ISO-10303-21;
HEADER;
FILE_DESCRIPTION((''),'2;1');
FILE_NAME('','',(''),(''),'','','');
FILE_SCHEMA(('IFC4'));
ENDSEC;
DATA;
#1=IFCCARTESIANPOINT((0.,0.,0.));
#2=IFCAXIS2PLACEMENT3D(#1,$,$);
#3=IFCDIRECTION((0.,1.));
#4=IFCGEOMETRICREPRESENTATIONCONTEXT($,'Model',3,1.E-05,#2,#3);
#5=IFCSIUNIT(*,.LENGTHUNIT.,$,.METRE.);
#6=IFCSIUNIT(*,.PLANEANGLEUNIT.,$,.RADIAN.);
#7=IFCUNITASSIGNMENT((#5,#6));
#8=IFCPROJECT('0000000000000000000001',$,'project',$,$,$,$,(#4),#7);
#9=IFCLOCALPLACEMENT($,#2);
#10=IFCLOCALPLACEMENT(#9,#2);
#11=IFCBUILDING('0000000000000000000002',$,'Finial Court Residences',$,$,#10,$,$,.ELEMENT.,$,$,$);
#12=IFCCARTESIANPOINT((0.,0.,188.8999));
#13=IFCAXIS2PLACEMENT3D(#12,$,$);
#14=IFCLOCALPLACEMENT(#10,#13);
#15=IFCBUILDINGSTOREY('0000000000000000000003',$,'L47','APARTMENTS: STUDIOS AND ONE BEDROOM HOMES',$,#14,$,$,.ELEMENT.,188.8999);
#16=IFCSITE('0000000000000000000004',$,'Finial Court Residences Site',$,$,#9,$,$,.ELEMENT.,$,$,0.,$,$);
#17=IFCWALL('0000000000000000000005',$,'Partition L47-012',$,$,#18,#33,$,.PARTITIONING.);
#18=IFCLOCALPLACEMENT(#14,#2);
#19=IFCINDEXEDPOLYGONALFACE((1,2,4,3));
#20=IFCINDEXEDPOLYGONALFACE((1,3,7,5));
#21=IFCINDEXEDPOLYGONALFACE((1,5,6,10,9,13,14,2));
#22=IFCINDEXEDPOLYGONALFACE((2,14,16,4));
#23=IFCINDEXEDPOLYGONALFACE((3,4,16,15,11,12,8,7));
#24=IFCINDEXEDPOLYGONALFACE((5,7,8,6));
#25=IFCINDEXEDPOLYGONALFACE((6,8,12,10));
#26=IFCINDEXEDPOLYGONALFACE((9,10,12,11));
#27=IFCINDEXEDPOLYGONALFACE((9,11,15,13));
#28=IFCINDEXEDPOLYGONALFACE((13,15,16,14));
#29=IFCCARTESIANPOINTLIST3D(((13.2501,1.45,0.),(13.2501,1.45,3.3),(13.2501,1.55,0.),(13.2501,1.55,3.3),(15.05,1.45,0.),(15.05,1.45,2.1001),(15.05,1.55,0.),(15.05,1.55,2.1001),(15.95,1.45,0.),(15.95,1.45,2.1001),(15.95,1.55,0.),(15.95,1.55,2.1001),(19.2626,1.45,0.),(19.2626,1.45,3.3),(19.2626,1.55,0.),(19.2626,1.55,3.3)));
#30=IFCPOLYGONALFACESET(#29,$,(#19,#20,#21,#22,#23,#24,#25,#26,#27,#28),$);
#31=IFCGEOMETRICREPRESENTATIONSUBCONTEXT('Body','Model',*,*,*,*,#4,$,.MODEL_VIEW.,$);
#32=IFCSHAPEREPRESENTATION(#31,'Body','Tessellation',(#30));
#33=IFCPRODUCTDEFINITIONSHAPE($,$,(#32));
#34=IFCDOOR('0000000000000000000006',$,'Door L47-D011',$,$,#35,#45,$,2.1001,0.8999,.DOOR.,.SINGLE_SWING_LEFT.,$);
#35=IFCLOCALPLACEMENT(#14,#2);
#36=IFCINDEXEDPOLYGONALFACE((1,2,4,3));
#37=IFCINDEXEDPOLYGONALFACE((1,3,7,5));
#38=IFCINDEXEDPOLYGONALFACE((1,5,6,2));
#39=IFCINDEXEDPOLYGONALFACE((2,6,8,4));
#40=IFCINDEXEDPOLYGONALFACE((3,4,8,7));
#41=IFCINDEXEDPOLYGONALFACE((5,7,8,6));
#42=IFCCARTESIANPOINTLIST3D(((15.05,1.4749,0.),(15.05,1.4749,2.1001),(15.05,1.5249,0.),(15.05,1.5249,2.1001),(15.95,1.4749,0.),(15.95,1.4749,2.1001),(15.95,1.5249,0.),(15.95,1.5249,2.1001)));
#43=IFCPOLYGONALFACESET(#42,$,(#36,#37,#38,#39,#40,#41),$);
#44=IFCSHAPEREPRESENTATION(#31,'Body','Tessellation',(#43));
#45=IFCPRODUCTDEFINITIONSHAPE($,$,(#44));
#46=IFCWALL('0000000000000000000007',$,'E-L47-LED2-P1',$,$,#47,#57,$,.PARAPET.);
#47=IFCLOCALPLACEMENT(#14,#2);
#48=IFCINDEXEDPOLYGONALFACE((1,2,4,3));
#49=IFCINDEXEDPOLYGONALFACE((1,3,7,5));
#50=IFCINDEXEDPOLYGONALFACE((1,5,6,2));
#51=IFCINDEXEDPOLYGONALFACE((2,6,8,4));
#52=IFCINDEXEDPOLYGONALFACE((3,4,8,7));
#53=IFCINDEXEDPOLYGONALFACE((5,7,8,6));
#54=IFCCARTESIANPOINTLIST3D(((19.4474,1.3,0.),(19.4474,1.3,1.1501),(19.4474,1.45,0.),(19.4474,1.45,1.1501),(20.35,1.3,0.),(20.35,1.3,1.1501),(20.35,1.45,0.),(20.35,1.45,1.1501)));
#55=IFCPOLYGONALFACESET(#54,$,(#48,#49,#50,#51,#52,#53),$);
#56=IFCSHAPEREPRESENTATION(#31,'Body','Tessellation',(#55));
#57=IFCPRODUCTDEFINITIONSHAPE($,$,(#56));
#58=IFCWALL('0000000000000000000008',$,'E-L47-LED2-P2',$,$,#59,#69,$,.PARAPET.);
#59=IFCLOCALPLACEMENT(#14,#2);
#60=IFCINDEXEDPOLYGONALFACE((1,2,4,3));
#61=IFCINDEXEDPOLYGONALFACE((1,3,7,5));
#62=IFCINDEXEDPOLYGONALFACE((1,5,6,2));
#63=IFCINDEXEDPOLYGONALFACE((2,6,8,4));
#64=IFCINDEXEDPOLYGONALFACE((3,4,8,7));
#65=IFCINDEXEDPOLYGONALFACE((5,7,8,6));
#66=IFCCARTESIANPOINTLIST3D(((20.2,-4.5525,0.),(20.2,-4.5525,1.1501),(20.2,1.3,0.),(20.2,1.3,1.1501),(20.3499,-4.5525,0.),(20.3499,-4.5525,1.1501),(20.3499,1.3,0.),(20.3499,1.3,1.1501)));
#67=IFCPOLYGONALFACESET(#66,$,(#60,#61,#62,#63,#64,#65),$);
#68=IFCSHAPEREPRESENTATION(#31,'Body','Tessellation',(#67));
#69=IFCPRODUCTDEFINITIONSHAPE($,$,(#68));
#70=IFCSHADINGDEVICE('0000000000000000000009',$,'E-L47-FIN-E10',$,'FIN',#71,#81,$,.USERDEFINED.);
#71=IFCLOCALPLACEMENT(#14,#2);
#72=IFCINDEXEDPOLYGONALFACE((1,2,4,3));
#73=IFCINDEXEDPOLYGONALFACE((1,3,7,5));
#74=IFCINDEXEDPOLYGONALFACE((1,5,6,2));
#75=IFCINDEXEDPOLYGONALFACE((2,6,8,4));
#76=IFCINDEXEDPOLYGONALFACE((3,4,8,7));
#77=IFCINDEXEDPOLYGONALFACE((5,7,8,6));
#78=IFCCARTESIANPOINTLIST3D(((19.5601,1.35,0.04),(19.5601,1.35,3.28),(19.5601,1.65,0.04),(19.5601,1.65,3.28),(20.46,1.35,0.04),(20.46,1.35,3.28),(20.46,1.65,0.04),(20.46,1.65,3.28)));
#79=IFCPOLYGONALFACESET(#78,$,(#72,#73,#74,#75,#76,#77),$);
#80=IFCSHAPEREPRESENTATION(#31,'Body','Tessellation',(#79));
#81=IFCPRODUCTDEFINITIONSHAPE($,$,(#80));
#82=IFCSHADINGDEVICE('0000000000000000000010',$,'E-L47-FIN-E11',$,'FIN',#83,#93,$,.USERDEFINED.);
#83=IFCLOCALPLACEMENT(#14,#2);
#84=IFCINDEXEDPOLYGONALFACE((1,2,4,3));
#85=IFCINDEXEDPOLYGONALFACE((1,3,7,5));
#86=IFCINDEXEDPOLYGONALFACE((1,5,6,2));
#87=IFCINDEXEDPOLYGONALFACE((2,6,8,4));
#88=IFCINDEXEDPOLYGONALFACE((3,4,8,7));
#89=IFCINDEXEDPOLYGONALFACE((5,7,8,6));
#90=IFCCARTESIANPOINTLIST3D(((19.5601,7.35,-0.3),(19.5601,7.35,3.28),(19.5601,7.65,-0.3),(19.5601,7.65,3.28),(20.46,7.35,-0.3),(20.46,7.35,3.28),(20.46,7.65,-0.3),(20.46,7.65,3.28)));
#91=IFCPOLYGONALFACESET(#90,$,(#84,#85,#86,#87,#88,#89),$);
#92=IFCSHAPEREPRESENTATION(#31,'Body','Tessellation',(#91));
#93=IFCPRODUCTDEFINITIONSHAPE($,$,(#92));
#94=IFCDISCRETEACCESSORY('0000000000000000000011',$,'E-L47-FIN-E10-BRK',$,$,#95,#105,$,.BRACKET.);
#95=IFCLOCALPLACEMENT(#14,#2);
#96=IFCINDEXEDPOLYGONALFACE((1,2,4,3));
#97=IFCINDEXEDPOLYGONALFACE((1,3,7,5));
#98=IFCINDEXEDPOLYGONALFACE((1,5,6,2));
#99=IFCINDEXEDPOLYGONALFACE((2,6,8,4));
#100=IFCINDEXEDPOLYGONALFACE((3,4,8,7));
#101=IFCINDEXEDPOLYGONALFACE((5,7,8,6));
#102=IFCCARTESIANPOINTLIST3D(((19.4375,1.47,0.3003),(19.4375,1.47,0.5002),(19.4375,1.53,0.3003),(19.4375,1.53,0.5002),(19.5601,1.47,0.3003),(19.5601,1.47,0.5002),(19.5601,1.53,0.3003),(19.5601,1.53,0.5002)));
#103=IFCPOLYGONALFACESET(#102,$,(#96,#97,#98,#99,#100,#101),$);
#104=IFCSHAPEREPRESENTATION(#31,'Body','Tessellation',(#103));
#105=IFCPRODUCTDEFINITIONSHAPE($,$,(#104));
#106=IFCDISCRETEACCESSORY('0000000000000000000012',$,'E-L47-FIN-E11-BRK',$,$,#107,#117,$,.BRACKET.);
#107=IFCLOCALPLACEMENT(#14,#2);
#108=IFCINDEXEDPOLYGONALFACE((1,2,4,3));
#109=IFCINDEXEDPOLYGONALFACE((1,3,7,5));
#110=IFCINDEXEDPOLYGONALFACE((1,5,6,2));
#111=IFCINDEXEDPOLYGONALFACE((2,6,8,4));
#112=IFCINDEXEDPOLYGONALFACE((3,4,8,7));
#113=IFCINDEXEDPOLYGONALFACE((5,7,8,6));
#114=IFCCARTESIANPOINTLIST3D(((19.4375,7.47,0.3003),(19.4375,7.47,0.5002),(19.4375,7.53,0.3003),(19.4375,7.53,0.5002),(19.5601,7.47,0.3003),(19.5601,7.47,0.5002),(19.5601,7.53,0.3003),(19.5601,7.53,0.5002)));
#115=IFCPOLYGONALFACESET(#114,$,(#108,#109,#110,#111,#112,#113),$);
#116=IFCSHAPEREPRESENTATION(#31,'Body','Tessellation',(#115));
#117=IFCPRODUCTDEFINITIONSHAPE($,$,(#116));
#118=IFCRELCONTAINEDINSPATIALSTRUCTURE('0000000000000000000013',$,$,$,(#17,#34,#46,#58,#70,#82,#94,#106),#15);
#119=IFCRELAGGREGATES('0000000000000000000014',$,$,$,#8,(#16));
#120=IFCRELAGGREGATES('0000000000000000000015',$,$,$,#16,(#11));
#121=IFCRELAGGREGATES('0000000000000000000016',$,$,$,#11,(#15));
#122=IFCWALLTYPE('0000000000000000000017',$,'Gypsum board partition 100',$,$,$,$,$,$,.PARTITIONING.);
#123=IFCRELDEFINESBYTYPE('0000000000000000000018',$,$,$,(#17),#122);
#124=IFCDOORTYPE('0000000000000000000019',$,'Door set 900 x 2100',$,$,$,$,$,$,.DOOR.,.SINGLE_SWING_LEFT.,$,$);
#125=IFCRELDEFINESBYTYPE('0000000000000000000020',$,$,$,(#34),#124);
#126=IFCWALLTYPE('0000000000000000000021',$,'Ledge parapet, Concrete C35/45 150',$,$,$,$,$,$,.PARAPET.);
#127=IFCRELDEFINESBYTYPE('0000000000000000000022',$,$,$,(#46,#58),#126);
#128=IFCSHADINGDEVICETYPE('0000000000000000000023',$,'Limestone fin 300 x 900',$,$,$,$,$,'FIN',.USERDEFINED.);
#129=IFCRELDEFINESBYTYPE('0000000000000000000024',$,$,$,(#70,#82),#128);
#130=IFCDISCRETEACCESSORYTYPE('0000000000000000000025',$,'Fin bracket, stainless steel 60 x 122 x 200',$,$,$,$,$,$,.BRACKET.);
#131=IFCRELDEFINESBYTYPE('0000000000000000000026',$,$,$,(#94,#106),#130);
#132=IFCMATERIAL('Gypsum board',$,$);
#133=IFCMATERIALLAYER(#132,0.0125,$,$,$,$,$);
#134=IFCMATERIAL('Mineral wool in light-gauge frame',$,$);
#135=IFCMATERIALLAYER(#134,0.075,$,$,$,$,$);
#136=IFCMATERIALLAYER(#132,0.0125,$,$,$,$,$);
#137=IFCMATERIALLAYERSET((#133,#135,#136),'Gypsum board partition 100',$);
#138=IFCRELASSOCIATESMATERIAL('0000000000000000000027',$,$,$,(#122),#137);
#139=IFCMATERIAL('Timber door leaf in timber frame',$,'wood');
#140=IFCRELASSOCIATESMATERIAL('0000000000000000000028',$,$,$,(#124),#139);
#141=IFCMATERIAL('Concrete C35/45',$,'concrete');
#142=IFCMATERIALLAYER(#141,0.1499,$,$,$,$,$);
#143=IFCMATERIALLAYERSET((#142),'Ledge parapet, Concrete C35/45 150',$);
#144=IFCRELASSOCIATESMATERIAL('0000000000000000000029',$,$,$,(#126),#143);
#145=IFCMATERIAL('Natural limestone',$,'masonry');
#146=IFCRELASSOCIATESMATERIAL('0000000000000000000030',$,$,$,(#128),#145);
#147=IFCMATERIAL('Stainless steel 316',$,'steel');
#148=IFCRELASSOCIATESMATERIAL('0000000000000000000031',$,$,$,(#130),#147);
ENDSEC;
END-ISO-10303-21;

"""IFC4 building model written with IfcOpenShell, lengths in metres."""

from ifc_helpers import new_model, si_unit, direction, frame, frame_2d, origin, origin_2d, place, context, subcontext, project, spatial, rectangle, extrude, material, layer, layer_set, type_object, element, fill, save


model = new_model("IFC4")

# Units and contexts
model_context = context("Model", 3, precision=1e-05, world=origin(), true_north=direction((0.0, 1.0)))
body_context = subcontext(model_context, "Body", "Model", "MODEL_VIEW")
ifc_project = project(units=[si_unit("LENGTHUNIT", "METRE"), si_unit("PLANEANGLEUNIT", "RADIAN")], contexts=[model_context])

# Site, building, storey
site_placement = place(None, origin())
site = spatial("IfcSite", under=ifc_project, at=site_placement, Name="Finial Court Residences Site", CompositionType="ELEMENT", RefElevation=0.0)
building_placement = place(site_placement, origin())
building = spatial("IfcBuilding", under=site, at=building_placement, Name="Finial Court Residences", CompositionType="ELEMENT")
storey_placement = place(building_placement, frame((0.0, 0.0, 188.8999)))
storey = spatial("IfcBuildingStorey", under=building, at=storey_placement, Name="L47", Description="APARTMENTS: STUDIOS AND ONE BEDROOM HOMES", CompositionType="ELEMENT", Elevation=188.8999)

# Wall, opening, door
ifc_material_1 = material(Name="Gypsum board")
ifc_layer_1 = layer(ifc_material_1, 0.0125)
ifc_material_2 = material(Name="Mineral wool in light-gauge frame")
ifc_layer_2 = layer(ifc_material_2, 0.075)
ifc_layer_3 = layer(ifc_material_1, 0.0125)
ifc_layer_set_1 = layer_set([ifc_layer_1, ifc_layer_2, ifc_layer_3], Name="Gypsum board partition 100")
wall_type_1 = type_object("IfcWallType", Name="Gypsum board partition 100", PredefinedType="PARTITIONING", material=ifc_layer_set_1)
wall_1_placement = place(storey_placement, frame((13.25, 1.5, 0.0), z_axis=(0.0, 0.0, 1.0), x_axis=(1.0, 0.0, 0.0)))
wall_1 = element("IfcWall", 1, at=wall_1_placement, inside=storey, type_object=wall_type_1, Name="Partition L47-012", PredefinedType="PARTITIONING", context=body_context, shape_type="SweptSolid", body=[
    extrude(rectangle(XDim=6.0125, YDim=0.1001, at=frame_2d((3.0063, 0.0))), origin(), (0.0, 0.0, 1.0), 3.3),
])
opening_placement = place(wall_1_placement, frame((1.8, 0.0, 0.0)))
opening = element("IfcOpeningElement", 2, at=opening_placement, cuts=wall_1, PredefinedType="OPENING", context=body_context, shape_type="SweptSolid", body=[
    extrude(rectangle(XDim=0.8999, YDim=2.1001, at=frame_2d((0.45, 1.05))), frame((0.0, 0.0601, 0.0), z_axis=(0.0, -1.0, 0.0), x_axis=(1.0, 0.0, 0.0)), (0.0, 0.0, 1.0), 0.1201),
])
ifc_material_3 = material(Name="Timber door leaf in timber frame", Category="wood")
door_type = type_object("IfcDoorType", Name="Door set 900 x 2100", OperationType="SINGLE_SWING_LEFT", PredefinedType="DOOR", material=ifc_material_3)
door_placement = place(opening_placement, origin())
door = element("IfcDoor", 3, at=door_placement, inside=storey, type_object=door_type, Name="Door L47-D011", OperationType="SINGLE_SWING_LEFT", OverallHeight=2.1001, OverallWidth=0.8999, PredefinedType="DOOR", context=body_context, shape_type="SweptSolid", body=[
    extrude(rectangle(XDim=0.8999, YDim=2.1001, at=frame_2d((0.45, 1.05))), frame((0.0, 0.0249, 0.0), z_axis=(0.0, -1.0, 0.0), x_axis=(1.0, 0.0, 0.0)), (0.0, 0.0, 1.0), 0.05),
])
fill(opening, door)

# Walls
ifc_material_4 = material(Name="Concrete C35/45", Category="concrete")
ifc_layer_4 = layer(ifc_material_4, 0.1499)
ifc_layer_set_2 = layer_set([ifc_layer_4], Name="Ledge parapet, Concrete C35/45 150")
wall_type_2 = type_object("IfcWallType", Name="Ledge parapet, Concrete C35/45 150", PredefinedType="PARAPET", material=ifc_layer_set_2)
wall_2_placement = place(storey_placement, frame((19.4475, 1.375, 0.0), z_axis=(0.0, 0.0, 1.0), x_axis=(1.0, 0.0, 0.0)))
element("IfcWall", 4, at=wall_2_placement, inside=storey, type_object=wall_type_2, Name="E-L47-LED2-P1", PredefinedType="PARAPET", context=body_context, shape_type="SweptSolid", body=[
    extrude(rectangle(XDim=0.9026, YDim=0.1499, at=frame_2d((0.4512, 0.0))), origin(), (0.0, 0.0, 1.0), 1.1501),
])
wall_3_placement = place(storey_placement, frame((20.2749, 1.3, 0.0), z_axis=(0.0, 0.0, 1.0), x_axis=(0.0, -1.0, 0.0)))
element("IfcWall", 5, at=wall_3_placement, inside=storey, type_object=wall_type_2, Name="E-L47-LED2-P2", PredefinedType="PARAPET", context=body_context, shape_type="SweptSolid", body=[
    extrude(rectangle(XDim=5.8525, YDim=0.1499, at=frame_2d((2.9263, 0.0))), origin(), (0.0, 0.0, 1.0), 1.1501),
])

# Shading devices
ifc_material_5 = material(Name="Natural limestone", Category="masonry")
shading_device_type = type_object("IfcShadingDeviceType", Name="Limestone fin 300 x 900", ElementType="FIN", PredefinedType="USERDEFINED", material=ifc_material_5)
shading_device_1_placement = place(storey_placement, frame((20.01, 1.5, 0.04), z_axis=(0.0, 0.0, 1.0), x_axis=(1.0, 0.0, 0.0)))
element("IfcShadingDevice", 6, at=shading_device_1_placement, inside=storey, type_object=shading_device_type, Name="E-L47-FIN-E10", ObjectType="FIN", PredefinedType="USERDEFINED", context=body_context, shape_type="SweptSolid", body=[
    extrude(rectangle(XDim=0.8999, YDim=0.3, at=origin_2d()), origin(), (0.0, 0.0, 1.0), 3.24),
])
shading_device_2_placement = place(storey_placement, frame((20.01, 7.5, -0.3), z_axis=(0.0, 0.0, 1.0), x_axis=(1.0, 0.0, 0.0)))
element("IfcShadingDevice", 7, at=shading_device_2_placement, inside=storey, type_object=shading_device_type, Name="E-L47-FIN-E11", ObjectType="FIN", PredefinedType="USERDEFINED", context=body_context, shape_type="SweptSolid", body=[
    extrude(rectangle(XDim=0.8999, YDim=0.3, at=origin_2d()), origin(), (0.0, 0.0, 1.0), 3.5801),
])

# Discrete accessories
ifc_material_6 = material(Name="Stainless steel 316", Category="steel")
discrete_accessory_type = type_object("IfcDiscreteAccessoryType", Name="Fin bracket, stainless steel 60 x 122 x 200", PredefinedType="BRACKET", material=ifc_material_6)
for number, where, z_axis, x_axis, name in (
    (8, (19.4988, 1.5, 0.3003), (0.0, 0.0, 1.0), (1.0, 0.0, 0.0), "E-L47-FIN-E10-BRK"),
    (9, (19.4988, 7.5, 0.3003), (0.0, 0.0, 1.0), (1.0, 0.0, 0.0), "E-L47-FIN-E11-BRK"),
):
    element("IfcDiscreteAccessory", number, at=place(storey_placement, frame(where, z_axis=z_axis, x_axis=x_axis)), inside=storey, type_object=discrete_accessory_type, Name=name, PredefinedType="BRACKET", context=body_context, shape_type="SweptSolid", body=[
        extrude(rectangle(XDim=0.1226, YDim=0.0601, at=origin_2d()), origin(), (0.0, 0.0, 1.0), 0.2),
    ])

save(model, "model.ifc")
